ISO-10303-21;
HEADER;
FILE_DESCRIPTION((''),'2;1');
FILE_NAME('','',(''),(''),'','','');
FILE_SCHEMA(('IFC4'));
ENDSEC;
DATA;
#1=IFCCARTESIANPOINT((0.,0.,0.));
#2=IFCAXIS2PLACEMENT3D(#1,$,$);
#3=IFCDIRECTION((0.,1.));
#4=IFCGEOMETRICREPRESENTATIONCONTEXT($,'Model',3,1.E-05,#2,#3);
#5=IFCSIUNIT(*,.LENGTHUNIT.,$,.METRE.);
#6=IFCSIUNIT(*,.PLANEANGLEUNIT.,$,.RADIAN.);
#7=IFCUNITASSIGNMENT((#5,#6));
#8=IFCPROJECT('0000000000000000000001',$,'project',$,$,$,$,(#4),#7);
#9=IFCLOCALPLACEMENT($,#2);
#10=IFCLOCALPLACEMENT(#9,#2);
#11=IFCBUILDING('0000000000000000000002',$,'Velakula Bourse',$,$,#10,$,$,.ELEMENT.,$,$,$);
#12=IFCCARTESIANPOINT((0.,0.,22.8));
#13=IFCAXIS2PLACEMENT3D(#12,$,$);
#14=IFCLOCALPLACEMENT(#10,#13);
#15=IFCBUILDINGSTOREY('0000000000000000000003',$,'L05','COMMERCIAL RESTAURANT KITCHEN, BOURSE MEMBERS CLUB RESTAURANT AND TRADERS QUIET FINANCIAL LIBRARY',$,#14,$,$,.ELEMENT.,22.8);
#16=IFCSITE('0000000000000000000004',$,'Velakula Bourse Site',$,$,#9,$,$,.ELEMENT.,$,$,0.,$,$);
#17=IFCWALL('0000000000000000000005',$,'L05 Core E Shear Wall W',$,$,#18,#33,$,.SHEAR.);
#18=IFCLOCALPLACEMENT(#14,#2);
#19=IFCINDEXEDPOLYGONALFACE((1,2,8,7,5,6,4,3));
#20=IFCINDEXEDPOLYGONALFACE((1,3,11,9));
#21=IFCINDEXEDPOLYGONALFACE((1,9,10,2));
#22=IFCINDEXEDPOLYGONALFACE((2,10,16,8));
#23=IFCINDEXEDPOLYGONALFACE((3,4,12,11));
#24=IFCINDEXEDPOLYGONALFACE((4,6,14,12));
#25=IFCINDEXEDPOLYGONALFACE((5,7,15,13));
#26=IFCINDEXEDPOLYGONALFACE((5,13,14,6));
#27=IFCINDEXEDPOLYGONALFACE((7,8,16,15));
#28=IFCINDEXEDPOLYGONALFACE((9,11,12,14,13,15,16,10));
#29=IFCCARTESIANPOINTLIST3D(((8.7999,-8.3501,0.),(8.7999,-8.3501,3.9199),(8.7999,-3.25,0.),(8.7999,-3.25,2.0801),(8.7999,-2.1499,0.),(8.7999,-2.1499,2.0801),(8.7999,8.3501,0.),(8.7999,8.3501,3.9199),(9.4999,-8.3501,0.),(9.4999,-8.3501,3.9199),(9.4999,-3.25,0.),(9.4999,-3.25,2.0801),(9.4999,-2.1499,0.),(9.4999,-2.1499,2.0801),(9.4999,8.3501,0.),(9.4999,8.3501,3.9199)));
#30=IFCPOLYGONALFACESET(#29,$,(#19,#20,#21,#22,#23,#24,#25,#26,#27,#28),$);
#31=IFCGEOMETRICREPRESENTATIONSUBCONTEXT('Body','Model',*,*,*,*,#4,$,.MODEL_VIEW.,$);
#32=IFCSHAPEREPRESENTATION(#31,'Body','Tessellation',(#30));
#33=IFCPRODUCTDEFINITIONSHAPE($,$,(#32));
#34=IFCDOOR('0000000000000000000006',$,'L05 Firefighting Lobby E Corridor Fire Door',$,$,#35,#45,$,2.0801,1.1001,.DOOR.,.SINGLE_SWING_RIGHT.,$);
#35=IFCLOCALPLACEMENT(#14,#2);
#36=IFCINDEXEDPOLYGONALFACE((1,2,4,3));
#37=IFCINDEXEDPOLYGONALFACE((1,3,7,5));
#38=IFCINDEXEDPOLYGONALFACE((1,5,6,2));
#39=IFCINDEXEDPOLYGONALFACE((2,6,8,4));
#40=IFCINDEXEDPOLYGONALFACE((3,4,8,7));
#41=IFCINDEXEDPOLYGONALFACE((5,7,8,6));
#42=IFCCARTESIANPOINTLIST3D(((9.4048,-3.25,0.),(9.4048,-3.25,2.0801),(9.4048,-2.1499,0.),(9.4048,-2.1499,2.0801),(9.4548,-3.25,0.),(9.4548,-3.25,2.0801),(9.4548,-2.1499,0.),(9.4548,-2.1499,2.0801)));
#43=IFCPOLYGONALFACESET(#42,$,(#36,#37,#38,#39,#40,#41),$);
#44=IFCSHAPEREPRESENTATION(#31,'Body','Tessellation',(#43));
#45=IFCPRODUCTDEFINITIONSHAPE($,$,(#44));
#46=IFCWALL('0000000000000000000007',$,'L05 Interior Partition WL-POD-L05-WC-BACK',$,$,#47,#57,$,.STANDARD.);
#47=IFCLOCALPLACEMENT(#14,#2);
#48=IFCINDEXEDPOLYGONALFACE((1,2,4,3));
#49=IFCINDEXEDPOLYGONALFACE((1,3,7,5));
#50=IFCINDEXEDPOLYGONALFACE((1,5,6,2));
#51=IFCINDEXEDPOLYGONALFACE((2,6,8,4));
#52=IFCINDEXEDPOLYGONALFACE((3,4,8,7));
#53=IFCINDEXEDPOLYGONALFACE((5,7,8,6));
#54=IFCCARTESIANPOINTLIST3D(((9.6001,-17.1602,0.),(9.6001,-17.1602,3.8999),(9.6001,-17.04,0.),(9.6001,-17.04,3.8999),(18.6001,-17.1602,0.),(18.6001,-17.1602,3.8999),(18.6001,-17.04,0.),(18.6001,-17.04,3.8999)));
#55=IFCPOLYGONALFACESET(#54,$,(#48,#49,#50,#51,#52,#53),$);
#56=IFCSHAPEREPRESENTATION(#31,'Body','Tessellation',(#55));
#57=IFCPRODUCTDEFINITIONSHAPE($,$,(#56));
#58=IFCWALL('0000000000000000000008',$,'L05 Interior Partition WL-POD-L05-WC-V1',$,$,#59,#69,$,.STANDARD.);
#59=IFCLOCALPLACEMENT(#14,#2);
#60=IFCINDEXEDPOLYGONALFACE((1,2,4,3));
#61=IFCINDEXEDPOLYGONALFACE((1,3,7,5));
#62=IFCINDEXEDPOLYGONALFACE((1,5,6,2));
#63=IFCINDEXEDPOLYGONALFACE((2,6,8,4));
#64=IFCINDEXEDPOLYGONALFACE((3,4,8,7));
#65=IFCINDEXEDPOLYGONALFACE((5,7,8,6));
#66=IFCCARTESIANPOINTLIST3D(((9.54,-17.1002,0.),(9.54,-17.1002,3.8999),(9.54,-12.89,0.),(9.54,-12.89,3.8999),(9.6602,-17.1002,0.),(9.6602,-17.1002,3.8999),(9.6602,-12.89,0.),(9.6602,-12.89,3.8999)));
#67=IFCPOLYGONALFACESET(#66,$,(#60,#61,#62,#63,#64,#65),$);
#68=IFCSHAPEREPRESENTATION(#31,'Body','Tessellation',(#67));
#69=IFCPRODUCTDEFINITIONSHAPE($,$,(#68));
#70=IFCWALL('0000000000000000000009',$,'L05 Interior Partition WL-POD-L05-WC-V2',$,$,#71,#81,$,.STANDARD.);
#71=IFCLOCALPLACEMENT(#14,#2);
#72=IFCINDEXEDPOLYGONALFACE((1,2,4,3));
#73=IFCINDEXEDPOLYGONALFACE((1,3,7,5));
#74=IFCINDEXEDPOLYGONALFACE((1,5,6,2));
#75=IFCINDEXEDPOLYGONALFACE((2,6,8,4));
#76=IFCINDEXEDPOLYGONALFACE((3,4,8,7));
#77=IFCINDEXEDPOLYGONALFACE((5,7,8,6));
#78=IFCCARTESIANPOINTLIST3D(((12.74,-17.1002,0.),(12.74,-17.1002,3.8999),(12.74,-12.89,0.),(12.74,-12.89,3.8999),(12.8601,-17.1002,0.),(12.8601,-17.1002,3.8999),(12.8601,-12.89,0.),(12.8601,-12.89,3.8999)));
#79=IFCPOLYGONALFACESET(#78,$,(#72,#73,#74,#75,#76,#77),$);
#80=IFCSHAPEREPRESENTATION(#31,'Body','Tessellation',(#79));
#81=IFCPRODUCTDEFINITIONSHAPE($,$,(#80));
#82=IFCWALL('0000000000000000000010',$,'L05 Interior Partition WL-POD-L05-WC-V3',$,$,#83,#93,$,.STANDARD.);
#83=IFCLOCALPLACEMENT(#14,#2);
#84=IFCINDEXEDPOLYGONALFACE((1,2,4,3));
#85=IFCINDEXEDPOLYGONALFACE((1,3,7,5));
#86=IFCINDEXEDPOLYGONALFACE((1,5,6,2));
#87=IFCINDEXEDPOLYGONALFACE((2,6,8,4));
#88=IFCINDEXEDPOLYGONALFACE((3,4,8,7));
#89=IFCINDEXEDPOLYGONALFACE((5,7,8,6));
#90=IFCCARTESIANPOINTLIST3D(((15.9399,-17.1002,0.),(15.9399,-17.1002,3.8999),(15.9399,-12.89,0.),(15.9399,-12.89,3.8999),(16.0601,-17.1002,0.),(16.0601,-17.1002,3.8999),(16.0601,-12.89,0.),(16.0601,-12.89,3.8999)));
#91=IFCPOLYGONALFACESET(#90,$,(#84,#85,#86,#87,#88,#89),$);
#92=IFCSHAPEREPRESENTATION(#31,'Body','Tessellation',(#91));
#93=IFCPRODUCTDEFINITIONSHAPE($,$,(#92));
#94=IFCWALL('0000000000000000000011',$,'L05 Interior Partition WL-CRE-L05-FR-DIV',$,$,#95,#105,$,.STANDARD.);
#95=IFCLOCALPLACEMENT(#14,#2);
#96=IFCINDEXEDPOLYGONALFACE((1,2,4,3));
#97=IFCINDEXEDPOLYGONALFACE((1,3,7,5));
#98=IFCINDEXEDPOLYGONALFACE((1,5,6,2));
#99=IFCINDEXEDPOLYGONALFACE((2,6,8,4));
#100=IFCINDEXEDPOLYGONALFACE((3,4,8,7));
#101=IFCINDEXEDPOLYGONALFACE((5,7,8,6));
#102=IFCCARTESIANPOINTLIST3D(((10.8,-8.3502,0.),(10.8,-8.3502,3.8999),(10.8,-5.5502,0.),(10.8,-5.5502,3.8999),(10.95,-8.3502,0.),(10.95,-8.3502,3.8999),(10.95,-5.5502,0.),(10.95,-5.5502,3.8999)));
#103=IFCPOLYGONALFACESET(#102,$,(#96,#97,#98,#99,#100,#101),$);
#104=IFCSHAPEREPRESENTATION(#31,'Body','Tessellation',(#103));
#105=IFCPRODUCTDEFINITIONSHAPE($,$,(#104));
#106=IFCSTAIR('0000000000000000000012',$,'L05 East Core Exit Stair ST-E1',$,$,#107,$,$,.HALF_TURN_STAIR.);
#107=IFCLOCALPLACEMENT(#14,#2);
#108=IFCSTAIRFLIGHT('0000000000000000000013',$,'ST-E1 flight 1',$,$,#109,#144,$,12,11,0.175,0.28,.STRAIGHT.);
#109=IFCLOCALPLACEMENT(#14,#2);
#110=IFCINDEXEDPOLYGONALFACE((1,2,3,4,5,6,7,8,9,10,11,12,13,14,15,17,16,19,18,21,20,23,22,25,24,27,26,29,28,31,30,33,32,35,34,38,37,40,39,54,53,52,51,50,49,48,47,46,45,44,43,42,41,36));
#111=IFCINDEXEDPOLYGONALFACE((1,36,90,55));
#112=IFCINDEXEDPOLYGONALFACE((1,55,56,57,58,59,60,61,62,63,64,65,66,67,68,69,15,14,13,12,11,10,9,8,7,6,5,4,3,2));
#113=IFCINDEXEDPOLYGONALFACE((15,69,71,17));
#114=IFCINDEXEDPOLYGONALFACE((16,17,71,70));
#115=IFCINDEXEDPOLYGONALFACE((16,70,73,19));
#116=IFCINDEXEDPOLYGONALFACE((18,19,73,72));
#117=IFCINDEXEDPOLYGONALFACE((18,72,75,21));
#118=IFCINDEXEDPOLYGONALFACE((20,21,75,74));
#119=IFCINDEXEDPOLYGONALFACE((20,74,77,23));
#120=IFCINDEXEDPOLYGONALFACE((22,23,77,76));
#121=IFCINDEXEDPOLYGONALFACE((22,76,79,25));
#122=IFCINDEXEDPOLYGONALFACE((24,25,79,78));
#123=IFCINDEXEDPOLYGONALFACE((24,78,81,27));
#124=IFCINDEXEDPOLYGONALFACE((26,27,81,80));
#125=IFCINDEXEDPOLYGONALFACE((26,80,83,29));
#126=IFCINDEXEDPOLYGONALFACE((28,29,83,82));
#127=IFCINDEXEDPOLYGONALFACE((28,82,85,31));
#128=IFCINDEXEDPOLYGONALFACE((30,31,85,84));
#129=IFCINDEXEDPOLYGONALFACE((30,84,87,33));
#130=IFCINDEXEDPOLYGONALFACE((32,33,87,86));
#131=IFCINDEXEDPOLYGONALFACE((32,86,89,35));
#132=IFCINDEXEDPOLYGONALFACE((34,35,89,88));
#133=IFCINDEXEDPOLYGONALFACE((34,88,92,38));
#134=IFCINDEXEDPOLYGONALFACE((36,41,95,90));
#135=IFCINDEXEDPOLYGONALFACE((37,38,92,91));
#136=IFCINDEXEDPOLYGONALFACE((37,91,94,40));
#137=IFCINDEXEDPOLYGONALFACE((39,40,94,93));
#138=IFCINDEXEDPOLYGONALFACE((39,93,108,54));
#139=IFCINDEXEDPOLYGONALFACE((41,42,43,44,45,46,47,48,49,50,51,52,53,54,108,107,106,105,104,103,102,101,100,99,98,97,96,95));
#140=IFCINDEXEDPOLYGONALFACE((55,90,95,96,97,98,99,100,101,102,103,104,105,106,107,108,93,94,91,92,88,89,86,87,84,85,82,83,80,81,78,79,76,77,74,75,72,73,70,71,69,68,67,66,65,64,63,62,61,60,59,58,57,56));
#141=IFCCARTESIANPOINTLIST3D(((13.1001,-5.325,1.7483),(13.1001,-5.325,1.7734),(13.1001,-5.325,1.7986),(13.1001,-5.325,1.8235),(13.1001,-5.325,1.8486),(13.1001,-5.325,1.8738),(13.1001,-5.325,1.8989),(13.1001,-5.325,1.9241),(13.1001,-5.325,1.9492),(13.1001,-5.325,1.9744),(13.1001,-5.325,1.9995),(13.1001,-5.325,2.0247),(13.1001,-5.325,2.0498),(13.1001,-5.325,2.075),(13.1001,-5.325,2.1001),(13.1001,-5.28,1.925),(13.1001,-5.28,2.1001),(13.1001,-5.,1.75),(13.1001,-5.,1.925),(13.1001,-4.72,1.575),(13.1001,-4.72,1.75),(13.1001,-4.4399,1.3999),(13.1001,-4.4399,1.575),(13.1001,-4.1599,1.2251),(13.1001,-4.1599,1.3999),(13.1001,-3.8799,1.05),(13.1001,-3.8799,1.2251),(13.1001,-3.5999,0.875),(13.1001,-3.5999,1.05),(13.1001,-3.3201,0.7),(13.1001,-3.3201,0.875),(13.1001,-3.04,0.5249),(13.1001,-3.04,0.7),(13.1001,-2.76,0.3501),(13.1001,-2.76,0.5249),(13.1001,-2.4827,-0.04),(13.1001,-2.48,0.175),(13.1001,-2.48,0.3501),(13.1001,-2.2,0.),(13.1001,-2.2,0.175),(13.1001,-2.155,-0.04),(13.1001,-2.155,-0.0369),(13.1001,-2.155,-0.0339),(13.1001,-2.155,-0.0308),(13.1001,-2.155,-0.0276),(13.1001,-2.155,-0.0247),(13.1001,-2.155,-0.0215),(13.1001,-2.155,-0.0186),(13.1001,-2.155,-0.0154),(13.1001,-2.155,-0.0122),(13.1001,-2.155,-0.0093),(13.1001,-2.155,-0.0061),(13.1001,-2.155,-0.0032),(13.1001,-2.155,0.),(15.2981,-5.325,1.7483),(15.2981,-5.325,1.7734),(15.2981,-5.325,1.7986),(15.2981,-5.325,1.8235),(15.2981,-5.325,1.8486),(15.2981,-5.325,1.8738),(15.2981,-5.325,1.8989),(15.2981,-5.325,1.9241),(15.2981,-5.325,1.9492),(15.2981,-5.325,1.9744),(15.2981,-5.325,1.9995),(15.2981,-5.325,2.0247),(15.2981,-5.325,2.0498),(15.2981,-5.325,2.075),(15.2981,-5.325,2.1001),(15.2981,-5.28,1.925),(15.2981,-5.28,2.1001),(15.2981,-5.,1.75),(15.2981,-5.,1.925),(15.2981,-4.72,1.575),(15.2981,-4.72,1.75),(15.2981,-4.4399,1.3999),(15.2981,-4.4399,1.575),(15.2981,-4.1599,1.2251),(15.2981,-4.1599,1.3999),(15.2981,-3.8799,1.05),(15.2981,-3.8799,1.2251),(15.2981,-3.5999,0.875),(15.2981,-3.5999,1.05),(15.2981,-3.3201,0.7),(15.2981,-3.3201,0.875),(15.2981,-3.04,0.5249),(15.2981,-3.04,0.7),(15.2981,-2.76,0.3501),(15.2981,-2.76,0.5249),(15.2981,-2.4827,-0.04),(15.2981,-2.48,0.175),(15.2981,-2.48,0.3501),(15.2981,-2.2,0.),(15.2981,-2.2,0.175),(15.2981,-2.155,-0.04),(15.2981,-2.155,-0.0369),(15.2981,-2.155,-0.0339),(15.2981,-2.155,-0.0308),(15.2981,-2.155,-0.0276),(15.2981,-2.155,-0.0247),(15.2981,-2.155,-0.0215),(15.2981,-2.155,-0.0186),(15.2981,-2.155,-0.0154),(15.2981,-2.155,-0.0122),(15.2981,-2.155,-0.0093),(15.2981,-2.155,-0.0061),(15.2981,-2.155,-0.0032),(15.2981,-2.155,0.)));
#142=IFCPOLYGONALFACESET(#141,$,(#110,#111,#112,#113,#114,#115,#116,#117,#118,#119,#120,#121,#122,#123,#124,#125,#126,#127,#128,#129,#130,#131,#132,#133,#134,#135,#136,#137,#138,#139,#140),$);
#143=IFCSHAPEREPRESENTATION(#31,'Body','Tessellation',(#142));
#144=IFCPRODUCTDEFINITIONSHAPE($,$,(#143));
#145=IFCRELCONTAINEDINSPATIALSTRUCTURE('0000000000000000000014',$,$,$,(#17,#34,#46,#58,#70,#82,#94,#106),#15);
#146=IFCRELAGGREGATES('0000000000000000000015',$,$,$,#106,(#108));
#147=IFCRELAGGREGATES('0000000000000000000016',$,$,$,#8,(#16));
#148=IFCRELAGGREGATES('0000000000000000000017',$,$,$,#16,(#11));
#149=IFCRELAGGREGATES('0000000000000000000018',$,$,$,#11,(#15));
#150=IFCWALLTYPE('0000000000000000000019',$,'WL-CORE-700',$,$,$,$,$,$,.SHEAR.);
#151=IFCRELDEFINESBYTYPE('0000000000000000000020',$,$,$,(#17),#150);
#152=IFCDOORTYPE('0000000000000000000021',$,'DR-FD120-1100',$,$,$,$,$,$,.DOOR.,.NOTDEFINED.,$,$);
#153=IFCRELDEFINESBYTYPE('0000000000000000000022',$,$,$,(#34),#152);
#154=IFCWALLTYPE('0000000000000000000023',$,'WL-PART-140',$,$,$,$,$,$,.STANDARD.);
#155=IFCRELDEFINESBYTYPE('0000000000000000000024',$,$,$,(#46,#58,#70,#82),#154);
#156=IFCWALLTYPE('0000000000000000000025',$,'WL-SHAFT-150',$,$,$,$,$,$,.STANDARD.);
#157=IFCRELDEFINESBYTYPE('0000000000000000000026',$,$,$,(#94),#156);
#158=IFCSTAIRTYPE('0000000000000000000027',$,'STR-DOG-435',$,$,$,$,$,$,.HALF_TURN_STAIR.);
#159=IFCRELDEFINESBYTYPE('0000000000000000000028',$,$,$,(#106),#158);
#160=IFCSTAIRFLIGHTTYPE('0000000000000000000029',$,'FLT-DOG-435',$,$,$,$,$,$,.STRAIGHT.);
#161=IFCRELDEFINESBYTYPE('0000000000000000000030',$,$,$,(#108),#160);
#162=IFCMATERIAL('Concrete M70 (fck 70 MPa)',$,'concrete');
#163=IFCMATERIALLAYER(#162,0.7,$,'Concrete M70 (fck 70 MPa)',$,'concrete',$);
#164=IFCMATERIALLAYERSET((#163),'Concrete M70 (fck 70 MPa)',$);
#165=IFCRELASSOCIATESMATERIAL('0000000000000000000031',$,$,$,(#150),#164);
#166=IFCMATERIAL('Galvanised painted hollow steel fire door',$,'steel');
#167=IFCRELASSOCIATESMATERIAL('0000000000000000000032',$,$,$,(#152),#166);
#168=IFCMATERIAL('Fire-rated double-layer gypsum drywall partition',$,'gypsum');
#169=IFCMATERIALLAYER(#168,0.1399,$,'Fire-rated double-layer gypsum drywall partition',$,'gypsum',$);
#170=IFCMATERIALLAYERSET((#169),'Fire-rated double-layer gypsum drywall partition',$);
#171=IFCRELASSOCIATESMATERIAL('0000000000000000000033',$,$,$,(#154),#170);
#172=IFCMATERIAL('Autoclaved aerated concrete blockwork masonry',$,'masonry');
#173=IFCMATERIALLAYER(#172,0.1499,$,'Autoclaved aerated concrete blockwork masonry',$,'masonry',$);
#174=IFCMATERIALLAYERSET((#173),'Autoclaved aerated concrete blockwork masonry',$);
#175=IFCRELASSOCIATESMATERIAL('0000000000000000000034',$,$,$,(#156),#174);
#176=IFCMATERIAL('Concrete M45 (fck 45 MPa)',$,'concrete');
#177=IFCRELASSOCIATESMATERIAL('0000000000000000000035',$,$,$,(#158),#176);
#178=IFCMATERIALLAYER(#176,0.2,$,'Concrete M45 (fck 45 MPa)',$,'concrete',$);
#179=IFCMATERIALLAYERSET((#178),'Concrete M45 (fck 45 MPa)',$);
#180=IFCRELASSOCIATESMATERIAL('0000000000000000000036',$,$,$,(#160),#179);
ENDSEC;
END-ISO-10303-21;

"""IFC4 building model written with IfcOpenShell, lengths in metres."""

from ifc_helpers import new_model, si_unit, direction, frame, frame_2d, origin, place, context, subcontext, project, spatial, polyline, rectangle, outline, extrude, material, layer, layer_set, type_object, element, fill, aggregate, save


model = new_model("IFC4")

# Units and contexts
model_context = context("Model", 3, precision=1e-05, world=origin(), true_north=direction((0.0, 1.0)))
body_context = subcontext(model_context, "Body", "Model", "MODEL_VIEW")
ifc_project = project(units=[si_unit("LENGTHUNIT", "METRE"), si_unit("PLANEANGLEUNIT", "RADIAN")], contexts=[model_context])

# Site, building, storey
site_placement = place(None, origin())
site = spatial("IfcSite", under=ifc_project, at=site_placement, Name="Velakula Bourse Site", CompositionType="ELEMENT", RefElevation=0.0)
building_placement = place(site_placement, origin())
building = spatial("IfcBuilding", under=site, at=building_placement, Name="Velakula Bourse", CompositionType="ELEMENT")
storey_placement = place(building_placement, frame((0.0, 0.0, 22.8)))
storey = spatial("IfcBuildingStorey", under=building, at=storey_placement, Name="L05", Description="COMMERCIAL RESTAURANT KITCHEN, BOURSE MEMBERS CLUB RESTAURANT AND TRADERS QUIET FINANCIAL LIBRARY", CompositionType="ELEMENT", Elevation=22.8)

# Shared definitions
ifc_material_1 = material(Name="Concrete M70 (fck 70 MPa)", Category="concrete")

# Shared definitions
ifc_material_2 = material(Name="Galvanised painted hollow steel fire door", Category="steel")

# Shared definitions
ifc_layer_1 = layer(ifc_material_1, 0.7, Name="Concrete M70 (fck 70 MPa)", Category="concrete")
ifc_layer_set_1 = layer_set([ifc_layer_1], Name="Concrete M70 (fck 70 MPa)")
wall_type_1 = type_object("IfcWallType", Name="WL-CORE-700", PredefinedType="SHEAR", material=ifc_layer_set_1)

# Wall, opening, door
wall_1_placement = place(storey_placement, frame((9.1499, -8.3501, 0.0), z_axis=(0.0, 0.0, 1.0), x_axis=(0.0, 1.0, 0.0)))
wall_1 = element("IfcWall", 1, at=wall_1_placement, inside=storey, type_object=wall_type_1, Name="L05 Core E Shear Wall W", PredefinedType="SHEAR", context=body_context, shape_type="SweptSolid", body=[
    extrude(rectangle(XDim=16.7002, YDim=0.7, at=frame_2d((8.3501, 0.0))), origin(), (0.0, 0.0, 1.0), 3.9199),
])
opening_1_placement = place(wall_1_placement, frame((5.1001, 0.0, 0.0)))
opening_1 = element("IfcOpeningElement", 2, at=opening_1_placement, cuts=wall_1, PredefinedType="OPENING", context=body_context, shape_type="SweptSolid", body=[
    extrude(rectangle(XDim=1.1001, YDim=2.0801, at=frame_2d((0.55, 1.04))), frame((0.0, 0.3599, 0.0), z_axis=(0.0, -1.0, 0.0), x_axis=(1.0, 0.0, 0.0)), (0.0, 0.0, 1.0), 0.72),
])
door_type_1 = type_object("IfcDoorType", Name="DR-FD120-1100", OperationType="NOTDEFINED", PredefinedType="DOOR", material=ifc_material_2)
door_1_placement = place(opening_1_placement, origin())
door_1 = element("IfcDoor", 3, at=door_1_placement, inside=storey, type_object=door_type_1, Name="L05 Firefighting Lobby E Corridor Fire Door", OperationType="SINGLE_SWING_RIGHT", OverallHeight=2.0801, OverallWidth=1.1001, PredefinedType="DOOR", context=body_context, shape_type="SweptSolid", body=[
    extrude(rectangle(XDim=1.1001, YDim=2.0801, at=frame_2d((0.55, 1.04))), frame((0.0, -0.2549, 0.0), z_axis=(0.0, -1.0, 0.0), x_axis=(1.0, 0.0, 0.0)), (0.0, 0.0, 1.0), 0.05),
])
fill(opening_1, door_1)

# Walls
ifc_material_3 = material(Name="Fire-rated double-layer gypsum drywall partition", Category="gypsum")
ifc_layer_2 = layer(ifc_material_3, 0.1399, Name="Fire-rated double-layer gypsum drywall partition", Category="gypsum")
ifc_layer_set_2 = layer_set([ifc_layer_2], Name="Fire-rated double-layer gypsum drywall partition")
wall_type_2 = type_object("IfcWallType", Name="WL-PART-140", PredefinedType="STANDARD", material=ifc_layer_set_2)
wall_2_placement = place(storey_placement, frame((9.6001, -17.1001, 0.0), z_axis=(0.0, 0.0, 1.0), x_axis=(1.0, 0.0, 0.0)))
element("IfcWall", 4, at=wall_2_placement, inside=storey, type_object=wall_type_2, Name="L05 Interior Partition WL-POD-L05-WC-BACK", PredefinedType="STANDARD", context=body_context, shape_type="SweptSolid", body=[
    extrude(rectangle(XDim=9.0, YDim=0.1201, at=frame_2d((4.5, 0.0))), origin(), (0.0, 0.0, 1.0), 3.8999),
])
for number, where, z_axis, x_axis, name in (
    (5, (9.6001, -17.1001, 0.0), (0.0, 0.0, 1.0), (0.0, 1.0, 0.0), "L05 Interior Partition WL-POD-L05-WC-V1"),
    (6, (12.8, -17.1001, 0.0), (0.0, 0.0, 1.0), (0.0, 1.0, 0.0), "L05 Interior Partition WL-POD-L05-WC-V2"),
    (7, (16.0, -17.1001, 0.0), (0.0, 0.0, 1.0), (0.0, 1.0, 0.0), "L05 Interior Partition WL-POD-L05-WC-V3"),
):
    element("IfcWall", number, at=place(storey_placement, frame(where, z_axis=z_axis, x_axis=x_axis)), inside=storey, type_object=wall_type_2, Name=name, PredefinedType="STANDARD", context=body_context, shape_type="SweptSolid", body=[
        extrude(rectangle(XDim=4.2102, YDim=0.1201, at=frame_2d((2.105, 0.0))), origin(), (0.0, 0.0, 1.0), 3.8999),
    ])

# Shared definitions
ifc_material_4 = material(Name="Autoclaved aerated concrete blockwork masonry", Category="masonry")
ifc_layer_3 = layer(ifc_material_4, 0.1499, Name="Autoclaved aerated concrete blockwork masonry", Category="masonry")
ifc_layer_set_3 = layer_set([ifc_layer_3], Name="Autoclaved aerated concrete blockwork masonry")
wall_type_3 = type_object("IfcWallType", Name="WL-SHAFT-150", PredefinedType="STANDARD", material=ifc_layer_set_3)

# Wall
wall_3_placement = place(storey_placement, frame((10.875, -8.3501, 0.0), z_axis=(0.0, 0.0, 1.0), x_axis=(0.0, 1.0, 0.0)))
element("IfcWall", 8, at=wall_3_placement, inside=storey, type_object=wall_type_3, Name="L05 Interior Partition WL-CRE-L05-FR-DIV", PredefinedType="STANDARD", context=body_context, shape_type="SweptSolid", body=[
    extrude(rectangle(XDim=2.8, YDim=0.1499, at=frame_2d((1.3999, 0.0))), origin(), (0.0, 0.0, 1.0), 3.8999),
])

# Stair, stair flight
ifc_material_5 = material(Name="Concrete M45 (fck 45 MPa)", Category="concrete")
stair_type = type_object("IfcStairType", Name="STR-DOG-435", PredefinedType="HALF_TURN_STAIR", material=ifc_material_5)
stair_placement = place(storey_placement, origin())
stair = element("IfcStair", 9, at=stair_placement, inside=storey, type_object=stair_type, Name="L05 East Core Exit Stair ST-E1", PredefinedType="HALF_TURN_STAIR")
ifc_layer_4 = layer(ifc_material_5, 0.2, Name="Concrete M45 (fck 45 MPa)", Category="concrete")
ifc_layer_set_4 = layer_set([ifc_layer_4], Name="Concrete M45 (fck 45 MPa)")
stair_flight_type = type_object("IfcStairFlightType", Name="FLT-DOG-435", PredefinedType="STRAIGHT", material=ifc_layer_set_4)
stair_flight_1_placement = place(storey_placement, frame((14.199, -2.2, 0.0), z_axis=(0.0, 0.0, 1.0), x_axis=(0.0, -1.0, 0.0)))
stair_flight_1 = element("IfcStairFlight", 10, at=stair_flight_1_placement, type_object=stair_flight_type, Name="ST-E1 flight 1", NumberOfRisers=12, NumberOfTreads=11, PredefinedType="STRAIGHT", RiserHeight=0.175, TreadLength=0.28, context=body_context, shape_type="SweptSolid", body=[
    extrude(outline(polyline([(-0.0449, -0.04), (-0.0449, -0.0369), (-0.0449, -0.0339), (-0.0449, -0.0308), (-0.0449, -0.0276), (-0.0449, -0.0247), (-0.0449, -0.0215), (-0.0449, -0.0186), (-0.0449, -0.0154), (-0.0449, -0.0122), (-0.0449, -0.0093), (-0.0449, -0.0061), (-0.0449, -0.0032), (-0.0449, 0.0), (0.0, 0.0), (0.0, 0.175), (0.28, 0.175), (0.28, 0.3501), (0.5601, 0.3501), (0.5601, 0.5249), (0.8401, 0.5249), (0.8401, 0.7), (1.1201, 0.7), (1.1201, 0.875), (1.3999, 0.875), (1.3999, 1.05), (1.6799, 1.05), (1.6799, 1.2251), (1.96, 1.2251), (1.96, 1.3999), (2.24, 1.3999), (2.24, 1.575), (2.52, 1.575), (2.52, 1.75), (2.8, 1.75), (2.8, 1.925), (3.0801, 1.925), (3.0801, 2.1001), (3.125, 2.1001), (3.125, 2.075), (3.125, 2.0498), (3.125, 2.0247), (3.125, 1.9995), (3.125, 1.9744), (3.125, 1.9492), (3.125, 1.9241), (3.125, 1.8989), (3.125, 1.8738), (3.125, 1.8486), (3.125, 1.8235), (3.125, 1.7986), (3.125, 1.7734), (3.125, 1.7483), (0.2827, -0.04), (-0.0449, -0.04)])), frame((0.0, 1.0991, 0.0), z_axis=(0.0, -1.0, 0.0), x_axis=(1.0, 0.0, 0.0)), (0.0, 0.0, 1.0), 2.198),
])
aggregate(stair, [stair_flight_1])

save(model, "model.ifc")
